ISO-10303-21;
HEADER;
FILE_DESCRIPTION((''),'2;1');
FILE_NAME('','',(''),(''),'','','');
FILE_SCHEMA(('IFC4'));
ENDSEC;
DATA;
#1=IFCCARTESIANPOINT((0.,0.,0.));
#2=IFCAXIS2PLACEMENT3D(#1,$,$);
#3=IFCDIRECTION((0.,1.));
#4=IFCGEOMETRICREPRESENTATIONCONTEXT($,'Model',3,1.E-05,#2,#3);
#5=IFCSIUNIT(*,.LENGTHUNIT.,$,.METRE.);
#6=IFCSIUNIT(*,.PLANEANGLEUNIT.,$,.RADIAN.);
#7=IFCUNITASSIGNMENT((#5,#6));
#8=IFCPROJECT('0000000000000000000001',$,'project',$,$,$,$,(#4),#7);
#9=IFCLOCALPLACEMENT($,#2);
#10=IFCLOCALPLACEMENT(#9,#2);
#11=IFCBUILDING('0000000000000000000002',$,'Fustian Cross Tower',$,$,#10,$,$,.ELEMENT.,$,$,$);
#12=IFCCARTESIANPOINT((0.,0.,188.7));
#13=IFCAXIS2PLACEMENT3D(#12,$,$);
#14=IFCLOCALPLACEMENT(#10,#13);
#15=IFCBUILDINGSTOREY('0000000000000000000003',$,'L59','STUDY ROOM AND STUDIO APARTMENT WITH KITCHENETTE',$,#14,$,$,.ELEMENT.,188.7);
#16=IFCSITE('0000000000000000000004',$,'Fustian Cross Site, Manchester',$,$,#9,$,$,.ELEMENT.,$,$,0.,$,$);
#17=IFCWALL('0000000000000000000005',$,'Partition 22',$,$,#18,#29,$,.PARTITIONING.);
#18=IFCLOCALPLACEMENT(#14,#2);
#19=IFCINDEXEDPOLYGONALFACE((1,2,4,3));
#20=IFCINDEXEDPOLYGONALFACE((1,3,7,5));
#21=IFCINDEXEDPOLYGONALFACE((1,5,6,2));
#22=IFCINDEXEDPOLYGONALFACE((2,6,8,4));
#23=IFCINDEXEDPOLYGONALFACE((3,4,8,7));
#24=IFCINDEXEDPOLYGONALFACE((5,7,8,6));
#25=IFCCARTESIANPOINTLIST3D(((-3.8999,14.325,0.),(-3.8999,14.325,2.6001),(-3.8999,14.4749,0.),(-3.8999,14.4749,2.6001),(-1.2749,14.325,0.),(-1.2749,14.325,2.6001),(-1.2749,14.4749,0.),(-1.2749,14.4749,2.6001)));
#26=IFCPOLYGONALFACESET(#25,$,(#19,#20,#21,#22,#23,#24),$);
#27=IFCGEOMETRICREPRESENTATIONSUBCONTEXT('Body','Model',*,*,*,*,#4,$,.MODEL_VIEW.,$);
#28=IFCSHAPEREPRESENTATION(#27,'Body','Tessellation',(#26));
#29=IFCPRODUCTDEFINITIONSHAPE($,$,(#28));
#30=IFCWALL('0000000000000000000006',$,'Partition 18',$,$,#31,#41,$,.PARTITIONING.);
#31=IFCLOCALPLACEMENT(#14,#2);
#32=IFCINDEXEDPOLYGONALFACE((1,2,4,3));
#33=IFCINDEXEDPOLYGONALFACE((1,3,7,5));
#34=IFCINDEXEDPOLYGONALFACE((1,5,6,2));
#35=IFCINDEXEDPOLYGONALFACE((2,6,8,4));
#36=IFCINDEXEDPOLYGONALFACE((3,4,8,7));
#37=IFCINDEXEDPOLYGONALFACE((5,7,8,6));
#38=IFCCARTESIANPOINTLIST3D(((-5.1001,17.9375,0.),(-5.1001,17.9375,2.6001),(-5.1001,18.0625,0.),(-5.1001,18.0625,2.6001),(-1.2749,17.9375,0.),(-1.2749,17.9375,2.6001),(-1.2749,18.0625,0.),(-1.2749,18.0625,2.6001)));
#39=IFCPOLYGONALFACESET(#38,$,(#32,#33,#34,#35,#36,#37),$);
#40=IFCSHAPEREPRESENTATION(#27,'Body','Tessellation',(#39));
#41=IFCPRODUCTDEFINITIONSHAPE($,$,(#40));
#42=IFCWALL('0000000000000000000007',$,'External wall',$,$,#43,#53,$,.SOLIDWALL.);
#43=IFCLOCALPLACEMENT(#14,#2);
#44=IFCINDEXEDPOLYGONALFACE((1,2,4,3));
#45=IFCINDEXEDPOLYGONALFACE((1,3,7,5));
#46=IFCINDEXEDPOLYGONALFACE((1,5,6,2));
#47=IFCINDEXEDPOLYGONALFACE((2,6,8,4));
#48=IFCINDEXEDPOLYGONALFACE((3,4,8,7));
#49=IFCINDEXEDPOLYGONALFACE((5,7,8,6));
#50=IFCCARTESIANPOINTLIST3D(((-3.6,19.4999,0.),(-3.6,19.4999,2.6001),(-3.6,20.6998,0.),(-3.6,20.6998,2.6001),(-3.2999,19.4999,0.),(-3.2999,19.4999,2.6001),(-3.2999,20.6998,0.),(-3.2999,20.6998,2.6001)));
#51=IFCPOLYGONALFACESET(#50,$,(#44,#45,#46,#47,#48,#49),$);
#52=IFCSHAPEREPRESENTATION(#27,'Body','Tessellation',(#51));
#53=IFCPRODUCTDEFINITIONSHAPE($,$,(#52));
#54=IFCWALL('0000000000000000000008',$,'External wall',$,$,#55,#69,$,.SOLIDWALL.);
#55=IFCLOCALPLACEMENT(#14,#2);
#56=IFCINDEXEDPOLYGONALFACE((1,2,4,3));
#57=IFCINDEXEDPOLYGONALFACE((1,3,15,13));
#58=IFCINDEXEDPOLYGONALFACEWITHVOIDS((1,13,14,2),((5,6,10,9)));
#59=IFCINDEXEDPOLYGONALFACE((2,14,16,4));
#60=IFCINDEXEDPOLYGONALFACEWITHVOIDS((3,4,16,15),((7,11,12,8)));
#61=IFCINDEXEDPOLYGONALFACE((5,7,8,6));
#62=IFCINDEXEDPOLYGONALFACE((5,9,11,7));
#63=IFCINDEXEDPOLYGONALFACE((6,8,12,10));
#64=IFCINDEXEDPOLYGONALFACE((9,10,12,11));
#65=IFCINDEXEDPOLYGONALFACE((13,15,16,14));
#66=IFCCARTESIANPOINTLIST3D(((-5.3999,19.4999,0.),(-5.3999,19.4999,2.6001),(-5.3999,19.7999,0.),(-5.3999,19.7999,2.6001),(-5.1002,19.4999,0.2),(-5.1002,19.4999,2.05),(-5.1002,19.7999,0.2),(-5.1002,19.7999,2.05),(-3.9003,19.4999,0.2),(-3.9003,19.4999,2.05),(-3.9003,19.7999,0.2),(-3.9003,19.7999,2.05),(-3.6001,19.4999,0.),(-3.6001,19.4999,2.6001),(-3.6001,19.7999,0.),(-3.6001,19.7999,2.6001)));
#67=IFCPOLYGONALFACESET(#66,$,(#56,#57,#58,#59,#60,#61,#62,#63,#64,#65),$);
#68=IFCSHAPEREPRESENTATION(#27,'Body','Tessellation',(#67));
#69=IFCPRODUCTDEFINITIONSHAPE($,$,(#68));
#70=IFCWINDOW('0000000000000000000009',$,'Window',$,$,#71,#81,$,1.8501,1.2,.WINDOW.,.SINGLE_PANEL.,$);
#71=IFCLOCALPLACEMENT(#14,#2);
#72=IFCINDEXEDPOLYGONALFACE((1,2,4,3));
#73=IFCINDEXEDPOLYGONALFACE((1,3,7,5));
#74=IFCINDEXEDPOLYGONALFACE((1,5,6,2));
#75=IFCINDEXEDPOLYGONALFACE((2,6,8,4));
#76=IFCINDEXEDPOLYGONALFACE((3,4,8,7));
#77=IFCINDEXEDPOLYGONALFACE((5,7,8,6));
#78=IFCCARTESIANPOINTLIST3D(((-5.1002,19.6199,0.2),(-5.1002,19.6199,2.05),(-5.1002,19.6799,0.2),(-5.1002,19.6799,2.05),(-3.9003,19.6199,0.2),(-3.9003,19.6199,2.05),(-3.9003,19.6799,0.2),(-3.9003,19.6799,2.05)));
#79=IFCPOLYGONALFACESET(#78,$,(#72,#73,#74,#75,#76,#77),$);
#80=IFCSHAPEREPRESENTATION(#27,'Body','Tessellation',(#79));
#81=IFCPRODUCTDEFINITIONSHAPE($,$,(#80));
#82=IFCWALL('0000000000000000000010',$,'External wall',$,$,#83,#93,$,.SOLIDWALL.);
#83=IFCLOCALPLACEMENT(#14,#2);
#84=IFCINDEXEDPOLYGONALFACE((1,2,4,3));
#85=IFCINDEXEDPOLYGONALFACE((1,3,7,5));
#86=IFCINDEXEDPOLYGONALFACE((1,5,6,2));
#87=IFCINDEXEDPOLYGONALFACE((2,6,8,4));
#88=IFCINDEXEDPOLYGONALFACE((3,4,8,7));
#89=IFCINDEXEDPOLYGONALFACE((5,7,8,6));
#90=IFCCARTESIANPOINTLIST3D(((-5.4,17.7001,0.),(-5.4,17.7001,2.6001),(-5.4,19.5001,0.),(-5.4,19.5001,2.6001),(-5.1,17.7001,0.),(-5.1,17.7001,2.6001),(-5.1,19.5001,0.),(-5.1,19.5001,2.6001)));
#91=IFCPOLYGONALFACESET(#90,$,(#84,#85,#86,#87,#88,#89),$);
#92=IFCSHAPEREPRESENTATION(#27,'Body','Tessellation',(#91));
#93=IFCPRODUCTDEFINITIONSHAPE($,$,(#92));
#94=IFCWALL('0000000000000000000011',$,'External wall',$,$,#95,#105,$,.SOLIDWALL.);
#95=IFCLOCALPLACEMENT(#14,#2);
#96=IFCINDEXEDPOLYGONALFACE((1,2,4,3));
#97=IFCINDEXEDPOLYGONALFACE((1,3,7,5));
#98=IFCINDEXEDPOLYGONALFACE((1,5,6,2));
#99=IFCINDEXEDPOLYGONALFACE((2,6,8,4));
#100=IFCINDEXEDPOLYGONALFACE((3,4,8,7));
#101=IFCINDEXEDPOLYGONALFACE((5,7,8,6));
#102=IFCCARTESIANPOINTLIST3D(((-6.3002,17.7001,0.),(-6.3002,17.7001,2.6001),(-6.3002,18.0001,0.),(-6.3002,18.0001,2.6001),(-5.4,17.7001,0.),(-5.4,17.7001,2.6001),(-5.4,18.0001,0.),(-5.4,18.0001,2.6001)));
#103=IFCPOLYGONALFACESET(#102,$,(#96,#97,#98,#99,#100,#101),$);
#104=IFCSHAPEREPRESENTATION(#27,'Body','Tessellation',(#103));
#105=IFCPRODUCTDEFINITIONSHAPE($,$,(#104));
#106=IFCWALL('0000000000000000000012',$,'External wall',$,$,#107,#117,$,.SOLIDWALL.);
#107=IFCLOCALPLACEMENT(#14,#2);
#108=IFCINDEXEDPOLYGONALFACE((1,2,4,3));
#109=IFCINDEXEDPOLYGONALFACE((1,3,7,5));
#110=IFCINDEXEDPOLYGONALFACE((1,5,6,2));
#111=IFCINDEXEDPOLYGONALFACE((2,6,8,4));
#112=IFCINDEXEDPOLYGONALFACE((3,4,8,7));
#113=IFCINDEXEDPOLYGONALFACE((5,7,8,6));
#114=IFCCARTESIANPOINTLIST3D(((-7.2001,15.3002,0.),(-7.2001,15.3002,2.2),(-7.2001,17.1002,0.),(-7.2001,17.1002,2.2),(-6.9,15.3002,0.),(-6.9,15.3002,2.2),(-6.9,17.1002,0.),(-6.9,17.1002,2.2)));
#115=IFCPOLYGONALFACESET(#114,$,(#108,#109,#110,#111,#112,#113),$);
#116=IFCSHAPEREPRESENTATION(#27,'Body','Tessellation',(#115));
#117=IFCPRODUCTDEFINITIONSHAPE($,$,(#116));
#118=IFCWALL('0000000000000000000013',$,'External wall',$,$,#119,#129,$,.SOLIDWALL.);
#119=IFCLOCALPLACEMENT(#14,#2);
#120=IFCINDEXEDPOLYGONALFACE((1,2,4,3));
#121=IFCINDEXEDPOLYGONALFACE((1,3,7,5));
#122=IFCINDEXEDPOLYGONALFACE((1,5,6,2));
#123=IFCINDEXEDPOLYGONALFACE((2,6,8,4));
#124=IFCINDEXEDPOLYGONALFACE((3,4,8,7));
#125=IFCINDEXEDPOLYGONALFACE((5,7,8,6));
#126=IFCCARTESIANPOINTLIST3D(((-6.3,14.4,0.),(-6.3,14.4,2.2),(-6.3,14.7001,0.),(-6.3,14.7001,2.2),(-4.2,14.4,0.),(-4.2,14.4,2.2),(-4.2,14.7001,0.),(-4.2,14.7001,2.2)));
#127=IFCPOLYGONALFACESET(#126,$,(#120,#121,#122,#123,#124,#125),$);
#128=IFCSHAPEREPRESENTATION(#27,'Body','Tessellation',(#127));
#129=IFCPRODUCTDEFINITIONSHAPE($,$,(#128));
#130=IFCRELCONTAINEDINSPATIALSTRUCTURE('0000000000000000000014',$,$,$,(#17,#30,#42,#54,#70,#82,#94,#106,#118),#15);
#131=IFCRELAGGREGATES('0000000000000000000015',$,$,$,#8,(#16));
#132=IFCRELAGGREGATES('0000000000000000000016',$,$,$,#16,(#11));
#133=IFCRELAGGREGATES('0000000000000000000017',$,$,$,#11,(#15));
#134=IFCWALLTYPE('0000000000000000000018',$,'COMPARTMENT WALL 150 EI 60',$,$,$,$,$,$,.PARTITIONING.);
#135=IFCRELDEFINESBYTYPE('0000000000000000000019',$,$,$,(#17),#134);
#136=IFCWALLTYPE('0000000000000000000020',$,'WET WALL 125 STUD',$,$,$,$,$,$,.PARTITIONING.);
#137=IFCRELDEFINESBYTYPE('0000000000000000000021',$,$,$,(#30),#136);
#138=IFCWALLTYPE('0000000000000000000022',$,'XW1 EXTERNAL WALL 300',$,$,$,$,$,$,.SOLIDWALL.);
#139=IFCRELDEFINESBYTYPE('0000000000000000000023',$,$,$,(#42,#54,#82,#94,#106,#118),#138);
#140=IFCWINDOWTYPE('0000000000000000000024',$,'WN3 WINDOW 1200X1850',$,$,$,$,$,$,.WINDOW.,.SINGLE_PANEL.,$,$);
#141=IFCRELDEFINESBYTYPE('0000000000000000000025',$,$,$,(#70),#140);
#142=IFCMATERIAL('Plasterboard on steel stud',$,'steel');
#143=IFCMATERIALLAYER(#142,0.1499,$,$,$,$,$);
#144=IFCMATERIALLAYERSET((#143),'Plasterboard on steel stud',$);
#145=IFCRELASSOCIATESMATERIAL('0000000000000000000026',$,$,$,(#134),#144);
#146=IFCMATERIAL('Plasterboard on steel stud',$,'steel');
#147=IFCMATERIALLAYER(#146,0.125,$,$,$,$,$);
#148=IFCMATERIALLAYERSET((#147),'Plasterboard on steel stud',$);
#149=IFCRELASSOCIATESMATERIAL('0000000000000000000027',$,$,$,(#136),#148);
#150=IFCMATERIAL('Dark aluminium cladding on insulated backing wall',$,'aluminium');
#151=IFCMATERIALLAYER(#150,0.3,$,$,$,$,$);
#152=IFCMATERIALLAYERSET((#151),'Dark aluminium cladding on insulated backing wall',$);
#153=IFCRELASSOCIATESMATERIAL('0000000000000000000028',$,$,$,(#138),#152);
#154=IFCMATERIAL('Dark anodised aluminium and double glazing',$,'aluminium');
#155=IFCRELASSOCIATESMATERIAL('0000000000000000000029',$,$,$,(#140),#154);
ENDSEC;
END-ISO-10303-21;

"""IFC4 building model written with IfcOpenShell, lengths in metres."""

from ifc_helpers import new_model, si_unit, direction, frame, frame_2d, origin, place, context, subcontext, project, spatial, rectangle, extrude, material, layer, layer_set, type_object, element, fill, save


model = new_model("IFC4")

# Units and contexts
model_context = context("Model", 3, precision=1e-05, world=origin(), true_north=direction((0.0, 1.0)))
body_context = subcontext(model_context, "Body", "Model", "MODEL_VIEW")
ifc_project = project(units=[si_unit("LENGTHUNIT", "METRE"), si_unit("PLANEANGLEUNIT", "RADIAN")], contexts=[model_context])

# Site, building, storey
site_placement = place(None, origin())
site = spatial("IfcSite", under=ifc_project, at=site_placement, Name="Fustian Cross Site, Manchester", CompositionType="ELEMENT", RefElevation=0.0)
building_placement = place(site_placement, origin())
building = spatial("IfcBuilding", under=site, at=building_placement, Name="Fustian Cross Tower", CompositionType="ELEMENT")
storey_placement = place(building_placement, frame((0.0, 0.0, 188.7)))
storey = spatial("IfcBuildingStorey", under=building, at=storey_placement, Name="L59", Description="STUDY ROOM AND STUDIO APARTMENT WITH KITCHENETTE", CompositionType="ELEMENT", Elevation=188.7)

# Walls
ifc_material_1 = material(Name="Plasterboard on steel stud", Category="steel")
ifc_layer_1 = layer(ifc_material_1, 0.1499)
ifc_layer_set_1 = layer_set([ifc_layer_1], Name="Plasterboard on steel stud")
wall_type_1 = type_object("IfcWallType", Name="COMPARTMENT WALL 150 EI 60", PredefinedType="PARTITIONING", material=ifc_layer_set_1)
wall_1_placement = place(storey_placement, frame((-3.8999, 14.3999, 0.0), z_axis=(0.0, 0.0, 1.0), x_axis=(1.0, 0.0, 0.0)))
element("IfcWall", 1, at=wall_1_placement, inside=storey, type_object=wall_type_1, Name="Partition 22", PredefinedType="PARTITIONING", context=body_context, shape_type="SweptSolid", body=[
    extrude(rectangle(XDim=2.625, YDim=0.1499, at=frame_2d((1.3125, 0.0))), origin(), (0.0, 0.0, 1.0), 2.6001),
])
ifc_material_2 = material(Name="Plasterboard on steel stud", Category="steel")
ifc_layer_2 = layer(ifc_material_2, 0.125)
ifc_layer_set_2 = layer_set([ifc_layer_2], Name="Plasterboard on steel stud")
wall_type_2 = type_object("IfcWallType", Name="WET WALL 125 STUD", PredefinedType="PARTITIONING", material=ifc_layer_set_2)
wall_2_placement = place(storey_placement, frame((-5.1001, 18.0, 0.0), z_axis=(0.0, 0.0, 1.0), x_axis=(1.0, 0.0, 0.0)))
element("IfcWall", 2, at=wall_2_placement, inside=storey, type_object=wall_type_2, Name="Partition 18", PredefinedType="PARTITIONING", context=body_context, shape_type="SweptSolid", body=[
    extrude(rectangle(XDim=3.8252, YDim=0.125, at=frame_2d((1.9126, 0.0))), origin(), (0.0, 0.0, 1.0), 2.6001),
])
ifc_material_3 = material(Name="Dark aluminium cladding on insulated backing wall", Category="aluminium")
ifc_layer_3 = layer(ifc_material_3, 0.3)
ifc_layer_set_3 = layer_set([ifc_layer_3], Name="Dark aluminium cladding on insulated backing wall")
wall_type_3 = type_object("IfcWallType", Name="XW1 EXTERNAL WALL 300", PredefinedType="SOLIDWALL", material=ifc_layer_set_3)
wall_3_placement = place(storey_placement, frame((-3.45, 20.7, 0.0), z_axis=(0.0, 0.0, 1.0), x_axis=(0.0, -1.0, 0.0)))
element("IfcWall", 3, at=wall_3_placement, inside=storey, type_object=wall_type_3, Name="External wall", PredefinedType="SOLIDWALL", context=body_context, shape_type="SweptSolid", body=[
    extrude(rectangle(XDim=1.2, YDim=0.3, at=frame_2d((0.6001, 0.0))), origin(), (0.0, 0.0, 1.0), 2.6001),
])

# Wall, opening, window
wall_4_placement = place(storey_placement, frame((-3.6001, 19.6499, 0.0), z_axis=(0.0, 0.0, 1.0), x_axis=(-1.0, 0.0, 0.0)))
wall_4 = element("IfcWall", 4, at=wall_4_placement, inside=storey, type_object=wall_type_3, Name="External wall", PredefinedType="SOLIDWALL", context=body_context, shape_type="SweptSolid", body=[
    extrude(rectangle(XDim=1.7998, YDim=0.3, at=frame_2d((0.8999, 0.0))), origin(), (0.0, 0.0, 1.0), 2.6001),
])
opening_1_placement = place(wall_4_placement, frame((0.3, 0.0, 0.2)))
opening_1 = element("IfcOpeningElement", 5, at=opening_1_placement, cuts=wall_4, PredefinedType="OPENING", context=body_context, shape_type="SweptSolid", body=[
    extrude(rectangle(XDim=1.2, YDim=1.8501, at=frame_2d((0.6001, 0.925))), frame((0.0, 0.1599, 0.0), z_axis=(0.0, -1.0, 0.0), x_axis=(1.0, 0.0, 0.0)), (0.0, 0.0, 1.0), 0.3201),
])
ifc_material_4 = material(Name="Dark anodised aluminium and double glazing", Category="aluminium")
window_type_1 = type_object("IfcWindowType", Name="WN3 WINDOW 1200X1850", PartitioningType="SINGLE_PANEL", PredefinedType="WINDOW", material=ifc_material_4)
window_1_placement = place(opening_1_placement, origin())
window_1 = element("IfcWindow", 6, at=window_1_placement, inside=storey, type_object=window_type_1, Name="Window", OverallHeight=1.8501, OverallWidth=1.2, PartitioningType="SINGLE_PANEL", PredefinedType="WINDOW", context=body_context, shape_type="SweptSolid", body=[
    extrude(rectangle(XDim=1.2, YDim=1.8501, at=frame_2d((0.6001, 0.925))), frame((0.0, 0.03, 0.0), z_axis=(0.0, -1.0, 0.0), x_axis=(1.0, 0.0, 0.0)), (0.0, 0.0, 1.0), 0.0601),
])
fill(opening_1, window_1)

# Walls
wall_5_placement = place(storey_placement, frame((-5.25, 19.5, 0.0), z_axis=(0.0, 0.0, 1.0), x_axis=(0.0, -1.0, 0.0)))
element("IfcWall", 7, at=wall_5_placement, inside=storey, type_object=wall_type_3, Name="External wall", PredefinedType="SOLIDWALL", context=body_context, shape_type="SweptSolid", body=[
    extrude(rectangle(XDim=1.8, YDim=0.3, at=frame_2d((0.8999, 0.0))), origin(), (0.0, 0.0, 1.0), 2.6001),
])
wall_6_placement = place(storey_placement, frame((-5.3999, 17.8501, 0.0), z_axis=(0.0, 0.0, 1.0), x_axis=(-1.0, 0.0, 0.0)))
element("IfcWall", 8, at=wall_6_placement, inside=storey, type_object=wall_type_3, Name="External wall", PredefinedType="SOLIDWALL", context=body_context, shape_type="SweptSolid", body=[
    extrude(rectangle(XDim=0.9001, YDim=0.3, at=frame_2d((0.4502, 0.0))), origin(), (0.0, 0.0, 1.0), 2.6001),
])
wall_7_placement = place(storey_placement, frame((-7.05, 17.1001, 0.0), z_axis=(0.0, 0.0, 1.0), x_axis=(0.0, -1.0, 0.0)))
element("IfcWall", 9, at=wall_7_placement, inside=storey, type_object=wall_type_3, Name="External wall", PredefinedType="SOLIDWALL", context=body_context, shape_type="SweptSolid", body=[
    extrude(rectangle(XDim=1.8, YDim=0.3, at=frame_2d((0.8999, 0.0))), origin(), (0.0, 0.0, 1.0), 2.2),
])
wall_8_placement = place(storey_placement, frame((-6.3, 14.55, 0.0), z_axis=(0.0, 0.0, 1.0), x_axis=(1.0, 0.0, 0.0)))
element("IfcWall", 10, at=wall_8_placement, inside=storey, type_object=wall_type_3, Name="External wall", PredefinedType="SOLIDWALL", context=body_context, shape_type="SweptSolid", body=[
    extrude(rectangle(XDim=2.1001, YDim=0.3, at=frame_2d((1.05, 0.0))), origin(), (0.0, 0.0, 1.0), 2.2),
])

save(model, "model.ifc")
